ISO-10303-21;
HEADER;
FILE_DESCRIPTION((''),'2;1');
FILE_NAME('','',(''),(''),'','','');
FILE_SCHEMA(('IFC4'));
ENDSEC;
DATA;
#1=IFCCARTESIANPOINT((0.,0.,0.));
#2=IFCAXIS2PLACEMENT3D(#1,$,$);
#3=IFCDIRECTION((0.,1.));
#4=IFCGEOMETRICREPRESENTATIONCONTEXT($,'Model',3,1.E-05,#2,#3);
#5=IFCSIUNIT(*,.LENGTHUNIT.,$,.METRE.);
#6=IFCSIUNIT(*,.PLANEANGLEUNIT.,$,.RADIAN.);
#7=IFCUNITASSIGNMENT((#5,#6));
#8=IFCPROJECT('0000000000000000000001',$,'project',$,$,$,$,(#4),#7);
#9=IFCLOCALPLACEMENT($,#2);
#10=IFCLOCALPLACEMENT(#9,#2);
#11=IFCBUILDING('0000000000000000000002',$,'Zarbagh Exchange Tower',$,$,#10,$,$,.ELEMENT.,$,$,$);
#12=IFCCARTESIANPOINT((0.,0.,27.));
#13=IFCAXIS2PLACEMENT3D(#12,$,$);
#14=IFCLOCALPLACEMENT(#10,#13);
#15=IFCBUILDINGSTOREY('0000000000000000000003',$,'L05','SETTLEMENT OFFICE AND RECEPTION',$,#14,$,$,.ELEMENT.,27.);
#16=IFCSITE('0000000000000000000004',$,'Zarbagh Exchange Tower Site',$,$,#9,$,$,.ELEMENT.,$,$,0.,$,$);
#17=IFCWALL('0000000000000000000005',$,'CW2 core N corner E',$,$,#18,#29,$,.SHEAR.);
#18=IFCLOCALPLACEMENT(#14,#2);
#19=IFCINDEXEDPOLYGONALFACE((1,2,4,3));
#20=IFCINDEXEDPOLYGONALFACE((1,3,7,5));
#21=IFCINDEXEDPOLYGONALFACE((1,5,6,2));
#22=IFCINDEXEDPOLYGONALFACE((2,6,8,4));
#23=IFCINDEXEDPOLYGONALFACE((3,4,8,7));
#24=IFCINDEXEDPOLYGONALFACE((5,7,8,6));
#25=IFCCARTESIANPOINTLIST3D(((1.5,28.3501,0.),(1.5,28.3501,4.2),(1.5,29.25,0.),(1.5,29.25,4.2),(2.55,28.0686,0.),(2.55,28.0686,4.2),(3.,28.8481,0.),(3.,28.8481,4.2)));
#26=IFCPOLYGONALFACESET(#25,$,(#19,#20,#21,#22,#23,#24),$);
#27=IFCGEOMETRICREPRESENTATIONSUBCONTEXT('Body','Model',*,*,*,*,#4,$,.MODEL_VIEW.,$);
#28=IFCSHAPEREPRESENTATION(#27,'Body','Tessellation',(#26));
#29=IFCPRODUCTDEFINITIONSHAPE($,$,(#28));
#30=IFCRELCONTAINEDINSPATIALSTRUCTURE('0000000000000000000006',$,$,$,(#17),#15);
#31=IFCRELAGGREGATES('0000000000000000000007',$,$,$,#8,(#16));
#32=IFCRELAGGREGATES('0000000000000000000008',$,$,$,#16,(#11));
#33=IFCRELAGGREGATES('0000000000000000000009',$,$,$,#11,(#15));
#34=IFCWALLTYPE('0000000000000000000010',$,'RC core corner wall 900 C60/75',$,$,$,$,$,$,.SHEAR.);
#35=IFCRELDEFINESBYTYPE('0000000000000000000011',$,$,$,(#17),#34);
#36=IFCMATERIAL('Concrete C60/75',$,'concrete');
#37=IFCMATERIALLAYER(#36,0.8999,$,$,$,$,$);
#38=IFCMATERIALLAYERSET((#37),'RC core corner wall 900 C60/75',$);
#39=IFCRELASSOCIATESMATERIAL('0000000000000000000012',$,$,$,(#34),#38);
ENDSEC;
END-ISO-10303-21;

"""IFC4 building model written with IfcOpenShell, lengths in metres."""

from ifc_helpers import new_model, si_unit, direction, frame, origin, place, context, subcontext, project, spatial, polyline, outline, extrude, material, layer, layer_set, type_object, element, save


model = new_model("IFC4")

# Units and contexts
model_context = context("Model", 3, precision=1e-05, world=origin(), true_north=direction((0.0, 1.0)))
body_context = subcontext(model_context, "Body", "Model", "MODEL_VIEW")
ifc_project = project(units=[si_unit("LENGTHUNIT", "METRE"), si_unit("PLANEANGLEUNIT", "RADIAN")], contexts=[model_context])

# Site, building, storey
site_placement = place(None, origin())
site = spatial("IfcSite", under=ifc_project, at=site_placement, Name="Zarbagh Exchange Tower Site", CompositionType="ELEMENT", RefElevation=0.0)
building_placement = place(site_placement, origin())
building = spatial("IfcBuilding", under=site, at=building_placement, Name="Zarbagh Exchange Tower", CompositionType="ELEMENT")
storey_placement = place(building_placement, frame((0.0, 0.0, 27.0)))
storey = spatial("IfcBuildingStorey", under=building, at=storey_placement, Name="L05", Description="SETTLEMENT OFFICE AND RECEPTION", CompositionType="ELEMENT", Elevation=27.0)

# Shared definitions
ifc_material_1 = material(Name="Concrete C60/75", Category="concrete")

# Wall
ifc_layer_1 = layer(ifc_material_1, 0.8999)
ifc_layer_set_1 = layer_set([ifc_layer_1], Name="RC core corner wall 900 C60/75")
wall_type_1 = type_object("IfcWallType", Name="RC core corner wall 900 C60/75", PredefinedType="SHEAR", material=ifc_layer_set_1)
wall_1_placement = place(storey_placement, origin())
element("IfcWall", 1, at=wall_1_placement, inside=storey, type_object=wall_type_1, Name="CW2 core N corner E", PredefinedType="SHEAR", context=body_context, shape_type="SweptSolid", body=[
    extrude(outline(polyline([(3.0, 28.8481), (1.5, 29.25), (1.5, 28.3501), (2.55, 28.0686), (3.0, 28.8481)])), origin(), (0.0, 0.0, 1.0), 4.2),
])

save(model, "model.ifc")
